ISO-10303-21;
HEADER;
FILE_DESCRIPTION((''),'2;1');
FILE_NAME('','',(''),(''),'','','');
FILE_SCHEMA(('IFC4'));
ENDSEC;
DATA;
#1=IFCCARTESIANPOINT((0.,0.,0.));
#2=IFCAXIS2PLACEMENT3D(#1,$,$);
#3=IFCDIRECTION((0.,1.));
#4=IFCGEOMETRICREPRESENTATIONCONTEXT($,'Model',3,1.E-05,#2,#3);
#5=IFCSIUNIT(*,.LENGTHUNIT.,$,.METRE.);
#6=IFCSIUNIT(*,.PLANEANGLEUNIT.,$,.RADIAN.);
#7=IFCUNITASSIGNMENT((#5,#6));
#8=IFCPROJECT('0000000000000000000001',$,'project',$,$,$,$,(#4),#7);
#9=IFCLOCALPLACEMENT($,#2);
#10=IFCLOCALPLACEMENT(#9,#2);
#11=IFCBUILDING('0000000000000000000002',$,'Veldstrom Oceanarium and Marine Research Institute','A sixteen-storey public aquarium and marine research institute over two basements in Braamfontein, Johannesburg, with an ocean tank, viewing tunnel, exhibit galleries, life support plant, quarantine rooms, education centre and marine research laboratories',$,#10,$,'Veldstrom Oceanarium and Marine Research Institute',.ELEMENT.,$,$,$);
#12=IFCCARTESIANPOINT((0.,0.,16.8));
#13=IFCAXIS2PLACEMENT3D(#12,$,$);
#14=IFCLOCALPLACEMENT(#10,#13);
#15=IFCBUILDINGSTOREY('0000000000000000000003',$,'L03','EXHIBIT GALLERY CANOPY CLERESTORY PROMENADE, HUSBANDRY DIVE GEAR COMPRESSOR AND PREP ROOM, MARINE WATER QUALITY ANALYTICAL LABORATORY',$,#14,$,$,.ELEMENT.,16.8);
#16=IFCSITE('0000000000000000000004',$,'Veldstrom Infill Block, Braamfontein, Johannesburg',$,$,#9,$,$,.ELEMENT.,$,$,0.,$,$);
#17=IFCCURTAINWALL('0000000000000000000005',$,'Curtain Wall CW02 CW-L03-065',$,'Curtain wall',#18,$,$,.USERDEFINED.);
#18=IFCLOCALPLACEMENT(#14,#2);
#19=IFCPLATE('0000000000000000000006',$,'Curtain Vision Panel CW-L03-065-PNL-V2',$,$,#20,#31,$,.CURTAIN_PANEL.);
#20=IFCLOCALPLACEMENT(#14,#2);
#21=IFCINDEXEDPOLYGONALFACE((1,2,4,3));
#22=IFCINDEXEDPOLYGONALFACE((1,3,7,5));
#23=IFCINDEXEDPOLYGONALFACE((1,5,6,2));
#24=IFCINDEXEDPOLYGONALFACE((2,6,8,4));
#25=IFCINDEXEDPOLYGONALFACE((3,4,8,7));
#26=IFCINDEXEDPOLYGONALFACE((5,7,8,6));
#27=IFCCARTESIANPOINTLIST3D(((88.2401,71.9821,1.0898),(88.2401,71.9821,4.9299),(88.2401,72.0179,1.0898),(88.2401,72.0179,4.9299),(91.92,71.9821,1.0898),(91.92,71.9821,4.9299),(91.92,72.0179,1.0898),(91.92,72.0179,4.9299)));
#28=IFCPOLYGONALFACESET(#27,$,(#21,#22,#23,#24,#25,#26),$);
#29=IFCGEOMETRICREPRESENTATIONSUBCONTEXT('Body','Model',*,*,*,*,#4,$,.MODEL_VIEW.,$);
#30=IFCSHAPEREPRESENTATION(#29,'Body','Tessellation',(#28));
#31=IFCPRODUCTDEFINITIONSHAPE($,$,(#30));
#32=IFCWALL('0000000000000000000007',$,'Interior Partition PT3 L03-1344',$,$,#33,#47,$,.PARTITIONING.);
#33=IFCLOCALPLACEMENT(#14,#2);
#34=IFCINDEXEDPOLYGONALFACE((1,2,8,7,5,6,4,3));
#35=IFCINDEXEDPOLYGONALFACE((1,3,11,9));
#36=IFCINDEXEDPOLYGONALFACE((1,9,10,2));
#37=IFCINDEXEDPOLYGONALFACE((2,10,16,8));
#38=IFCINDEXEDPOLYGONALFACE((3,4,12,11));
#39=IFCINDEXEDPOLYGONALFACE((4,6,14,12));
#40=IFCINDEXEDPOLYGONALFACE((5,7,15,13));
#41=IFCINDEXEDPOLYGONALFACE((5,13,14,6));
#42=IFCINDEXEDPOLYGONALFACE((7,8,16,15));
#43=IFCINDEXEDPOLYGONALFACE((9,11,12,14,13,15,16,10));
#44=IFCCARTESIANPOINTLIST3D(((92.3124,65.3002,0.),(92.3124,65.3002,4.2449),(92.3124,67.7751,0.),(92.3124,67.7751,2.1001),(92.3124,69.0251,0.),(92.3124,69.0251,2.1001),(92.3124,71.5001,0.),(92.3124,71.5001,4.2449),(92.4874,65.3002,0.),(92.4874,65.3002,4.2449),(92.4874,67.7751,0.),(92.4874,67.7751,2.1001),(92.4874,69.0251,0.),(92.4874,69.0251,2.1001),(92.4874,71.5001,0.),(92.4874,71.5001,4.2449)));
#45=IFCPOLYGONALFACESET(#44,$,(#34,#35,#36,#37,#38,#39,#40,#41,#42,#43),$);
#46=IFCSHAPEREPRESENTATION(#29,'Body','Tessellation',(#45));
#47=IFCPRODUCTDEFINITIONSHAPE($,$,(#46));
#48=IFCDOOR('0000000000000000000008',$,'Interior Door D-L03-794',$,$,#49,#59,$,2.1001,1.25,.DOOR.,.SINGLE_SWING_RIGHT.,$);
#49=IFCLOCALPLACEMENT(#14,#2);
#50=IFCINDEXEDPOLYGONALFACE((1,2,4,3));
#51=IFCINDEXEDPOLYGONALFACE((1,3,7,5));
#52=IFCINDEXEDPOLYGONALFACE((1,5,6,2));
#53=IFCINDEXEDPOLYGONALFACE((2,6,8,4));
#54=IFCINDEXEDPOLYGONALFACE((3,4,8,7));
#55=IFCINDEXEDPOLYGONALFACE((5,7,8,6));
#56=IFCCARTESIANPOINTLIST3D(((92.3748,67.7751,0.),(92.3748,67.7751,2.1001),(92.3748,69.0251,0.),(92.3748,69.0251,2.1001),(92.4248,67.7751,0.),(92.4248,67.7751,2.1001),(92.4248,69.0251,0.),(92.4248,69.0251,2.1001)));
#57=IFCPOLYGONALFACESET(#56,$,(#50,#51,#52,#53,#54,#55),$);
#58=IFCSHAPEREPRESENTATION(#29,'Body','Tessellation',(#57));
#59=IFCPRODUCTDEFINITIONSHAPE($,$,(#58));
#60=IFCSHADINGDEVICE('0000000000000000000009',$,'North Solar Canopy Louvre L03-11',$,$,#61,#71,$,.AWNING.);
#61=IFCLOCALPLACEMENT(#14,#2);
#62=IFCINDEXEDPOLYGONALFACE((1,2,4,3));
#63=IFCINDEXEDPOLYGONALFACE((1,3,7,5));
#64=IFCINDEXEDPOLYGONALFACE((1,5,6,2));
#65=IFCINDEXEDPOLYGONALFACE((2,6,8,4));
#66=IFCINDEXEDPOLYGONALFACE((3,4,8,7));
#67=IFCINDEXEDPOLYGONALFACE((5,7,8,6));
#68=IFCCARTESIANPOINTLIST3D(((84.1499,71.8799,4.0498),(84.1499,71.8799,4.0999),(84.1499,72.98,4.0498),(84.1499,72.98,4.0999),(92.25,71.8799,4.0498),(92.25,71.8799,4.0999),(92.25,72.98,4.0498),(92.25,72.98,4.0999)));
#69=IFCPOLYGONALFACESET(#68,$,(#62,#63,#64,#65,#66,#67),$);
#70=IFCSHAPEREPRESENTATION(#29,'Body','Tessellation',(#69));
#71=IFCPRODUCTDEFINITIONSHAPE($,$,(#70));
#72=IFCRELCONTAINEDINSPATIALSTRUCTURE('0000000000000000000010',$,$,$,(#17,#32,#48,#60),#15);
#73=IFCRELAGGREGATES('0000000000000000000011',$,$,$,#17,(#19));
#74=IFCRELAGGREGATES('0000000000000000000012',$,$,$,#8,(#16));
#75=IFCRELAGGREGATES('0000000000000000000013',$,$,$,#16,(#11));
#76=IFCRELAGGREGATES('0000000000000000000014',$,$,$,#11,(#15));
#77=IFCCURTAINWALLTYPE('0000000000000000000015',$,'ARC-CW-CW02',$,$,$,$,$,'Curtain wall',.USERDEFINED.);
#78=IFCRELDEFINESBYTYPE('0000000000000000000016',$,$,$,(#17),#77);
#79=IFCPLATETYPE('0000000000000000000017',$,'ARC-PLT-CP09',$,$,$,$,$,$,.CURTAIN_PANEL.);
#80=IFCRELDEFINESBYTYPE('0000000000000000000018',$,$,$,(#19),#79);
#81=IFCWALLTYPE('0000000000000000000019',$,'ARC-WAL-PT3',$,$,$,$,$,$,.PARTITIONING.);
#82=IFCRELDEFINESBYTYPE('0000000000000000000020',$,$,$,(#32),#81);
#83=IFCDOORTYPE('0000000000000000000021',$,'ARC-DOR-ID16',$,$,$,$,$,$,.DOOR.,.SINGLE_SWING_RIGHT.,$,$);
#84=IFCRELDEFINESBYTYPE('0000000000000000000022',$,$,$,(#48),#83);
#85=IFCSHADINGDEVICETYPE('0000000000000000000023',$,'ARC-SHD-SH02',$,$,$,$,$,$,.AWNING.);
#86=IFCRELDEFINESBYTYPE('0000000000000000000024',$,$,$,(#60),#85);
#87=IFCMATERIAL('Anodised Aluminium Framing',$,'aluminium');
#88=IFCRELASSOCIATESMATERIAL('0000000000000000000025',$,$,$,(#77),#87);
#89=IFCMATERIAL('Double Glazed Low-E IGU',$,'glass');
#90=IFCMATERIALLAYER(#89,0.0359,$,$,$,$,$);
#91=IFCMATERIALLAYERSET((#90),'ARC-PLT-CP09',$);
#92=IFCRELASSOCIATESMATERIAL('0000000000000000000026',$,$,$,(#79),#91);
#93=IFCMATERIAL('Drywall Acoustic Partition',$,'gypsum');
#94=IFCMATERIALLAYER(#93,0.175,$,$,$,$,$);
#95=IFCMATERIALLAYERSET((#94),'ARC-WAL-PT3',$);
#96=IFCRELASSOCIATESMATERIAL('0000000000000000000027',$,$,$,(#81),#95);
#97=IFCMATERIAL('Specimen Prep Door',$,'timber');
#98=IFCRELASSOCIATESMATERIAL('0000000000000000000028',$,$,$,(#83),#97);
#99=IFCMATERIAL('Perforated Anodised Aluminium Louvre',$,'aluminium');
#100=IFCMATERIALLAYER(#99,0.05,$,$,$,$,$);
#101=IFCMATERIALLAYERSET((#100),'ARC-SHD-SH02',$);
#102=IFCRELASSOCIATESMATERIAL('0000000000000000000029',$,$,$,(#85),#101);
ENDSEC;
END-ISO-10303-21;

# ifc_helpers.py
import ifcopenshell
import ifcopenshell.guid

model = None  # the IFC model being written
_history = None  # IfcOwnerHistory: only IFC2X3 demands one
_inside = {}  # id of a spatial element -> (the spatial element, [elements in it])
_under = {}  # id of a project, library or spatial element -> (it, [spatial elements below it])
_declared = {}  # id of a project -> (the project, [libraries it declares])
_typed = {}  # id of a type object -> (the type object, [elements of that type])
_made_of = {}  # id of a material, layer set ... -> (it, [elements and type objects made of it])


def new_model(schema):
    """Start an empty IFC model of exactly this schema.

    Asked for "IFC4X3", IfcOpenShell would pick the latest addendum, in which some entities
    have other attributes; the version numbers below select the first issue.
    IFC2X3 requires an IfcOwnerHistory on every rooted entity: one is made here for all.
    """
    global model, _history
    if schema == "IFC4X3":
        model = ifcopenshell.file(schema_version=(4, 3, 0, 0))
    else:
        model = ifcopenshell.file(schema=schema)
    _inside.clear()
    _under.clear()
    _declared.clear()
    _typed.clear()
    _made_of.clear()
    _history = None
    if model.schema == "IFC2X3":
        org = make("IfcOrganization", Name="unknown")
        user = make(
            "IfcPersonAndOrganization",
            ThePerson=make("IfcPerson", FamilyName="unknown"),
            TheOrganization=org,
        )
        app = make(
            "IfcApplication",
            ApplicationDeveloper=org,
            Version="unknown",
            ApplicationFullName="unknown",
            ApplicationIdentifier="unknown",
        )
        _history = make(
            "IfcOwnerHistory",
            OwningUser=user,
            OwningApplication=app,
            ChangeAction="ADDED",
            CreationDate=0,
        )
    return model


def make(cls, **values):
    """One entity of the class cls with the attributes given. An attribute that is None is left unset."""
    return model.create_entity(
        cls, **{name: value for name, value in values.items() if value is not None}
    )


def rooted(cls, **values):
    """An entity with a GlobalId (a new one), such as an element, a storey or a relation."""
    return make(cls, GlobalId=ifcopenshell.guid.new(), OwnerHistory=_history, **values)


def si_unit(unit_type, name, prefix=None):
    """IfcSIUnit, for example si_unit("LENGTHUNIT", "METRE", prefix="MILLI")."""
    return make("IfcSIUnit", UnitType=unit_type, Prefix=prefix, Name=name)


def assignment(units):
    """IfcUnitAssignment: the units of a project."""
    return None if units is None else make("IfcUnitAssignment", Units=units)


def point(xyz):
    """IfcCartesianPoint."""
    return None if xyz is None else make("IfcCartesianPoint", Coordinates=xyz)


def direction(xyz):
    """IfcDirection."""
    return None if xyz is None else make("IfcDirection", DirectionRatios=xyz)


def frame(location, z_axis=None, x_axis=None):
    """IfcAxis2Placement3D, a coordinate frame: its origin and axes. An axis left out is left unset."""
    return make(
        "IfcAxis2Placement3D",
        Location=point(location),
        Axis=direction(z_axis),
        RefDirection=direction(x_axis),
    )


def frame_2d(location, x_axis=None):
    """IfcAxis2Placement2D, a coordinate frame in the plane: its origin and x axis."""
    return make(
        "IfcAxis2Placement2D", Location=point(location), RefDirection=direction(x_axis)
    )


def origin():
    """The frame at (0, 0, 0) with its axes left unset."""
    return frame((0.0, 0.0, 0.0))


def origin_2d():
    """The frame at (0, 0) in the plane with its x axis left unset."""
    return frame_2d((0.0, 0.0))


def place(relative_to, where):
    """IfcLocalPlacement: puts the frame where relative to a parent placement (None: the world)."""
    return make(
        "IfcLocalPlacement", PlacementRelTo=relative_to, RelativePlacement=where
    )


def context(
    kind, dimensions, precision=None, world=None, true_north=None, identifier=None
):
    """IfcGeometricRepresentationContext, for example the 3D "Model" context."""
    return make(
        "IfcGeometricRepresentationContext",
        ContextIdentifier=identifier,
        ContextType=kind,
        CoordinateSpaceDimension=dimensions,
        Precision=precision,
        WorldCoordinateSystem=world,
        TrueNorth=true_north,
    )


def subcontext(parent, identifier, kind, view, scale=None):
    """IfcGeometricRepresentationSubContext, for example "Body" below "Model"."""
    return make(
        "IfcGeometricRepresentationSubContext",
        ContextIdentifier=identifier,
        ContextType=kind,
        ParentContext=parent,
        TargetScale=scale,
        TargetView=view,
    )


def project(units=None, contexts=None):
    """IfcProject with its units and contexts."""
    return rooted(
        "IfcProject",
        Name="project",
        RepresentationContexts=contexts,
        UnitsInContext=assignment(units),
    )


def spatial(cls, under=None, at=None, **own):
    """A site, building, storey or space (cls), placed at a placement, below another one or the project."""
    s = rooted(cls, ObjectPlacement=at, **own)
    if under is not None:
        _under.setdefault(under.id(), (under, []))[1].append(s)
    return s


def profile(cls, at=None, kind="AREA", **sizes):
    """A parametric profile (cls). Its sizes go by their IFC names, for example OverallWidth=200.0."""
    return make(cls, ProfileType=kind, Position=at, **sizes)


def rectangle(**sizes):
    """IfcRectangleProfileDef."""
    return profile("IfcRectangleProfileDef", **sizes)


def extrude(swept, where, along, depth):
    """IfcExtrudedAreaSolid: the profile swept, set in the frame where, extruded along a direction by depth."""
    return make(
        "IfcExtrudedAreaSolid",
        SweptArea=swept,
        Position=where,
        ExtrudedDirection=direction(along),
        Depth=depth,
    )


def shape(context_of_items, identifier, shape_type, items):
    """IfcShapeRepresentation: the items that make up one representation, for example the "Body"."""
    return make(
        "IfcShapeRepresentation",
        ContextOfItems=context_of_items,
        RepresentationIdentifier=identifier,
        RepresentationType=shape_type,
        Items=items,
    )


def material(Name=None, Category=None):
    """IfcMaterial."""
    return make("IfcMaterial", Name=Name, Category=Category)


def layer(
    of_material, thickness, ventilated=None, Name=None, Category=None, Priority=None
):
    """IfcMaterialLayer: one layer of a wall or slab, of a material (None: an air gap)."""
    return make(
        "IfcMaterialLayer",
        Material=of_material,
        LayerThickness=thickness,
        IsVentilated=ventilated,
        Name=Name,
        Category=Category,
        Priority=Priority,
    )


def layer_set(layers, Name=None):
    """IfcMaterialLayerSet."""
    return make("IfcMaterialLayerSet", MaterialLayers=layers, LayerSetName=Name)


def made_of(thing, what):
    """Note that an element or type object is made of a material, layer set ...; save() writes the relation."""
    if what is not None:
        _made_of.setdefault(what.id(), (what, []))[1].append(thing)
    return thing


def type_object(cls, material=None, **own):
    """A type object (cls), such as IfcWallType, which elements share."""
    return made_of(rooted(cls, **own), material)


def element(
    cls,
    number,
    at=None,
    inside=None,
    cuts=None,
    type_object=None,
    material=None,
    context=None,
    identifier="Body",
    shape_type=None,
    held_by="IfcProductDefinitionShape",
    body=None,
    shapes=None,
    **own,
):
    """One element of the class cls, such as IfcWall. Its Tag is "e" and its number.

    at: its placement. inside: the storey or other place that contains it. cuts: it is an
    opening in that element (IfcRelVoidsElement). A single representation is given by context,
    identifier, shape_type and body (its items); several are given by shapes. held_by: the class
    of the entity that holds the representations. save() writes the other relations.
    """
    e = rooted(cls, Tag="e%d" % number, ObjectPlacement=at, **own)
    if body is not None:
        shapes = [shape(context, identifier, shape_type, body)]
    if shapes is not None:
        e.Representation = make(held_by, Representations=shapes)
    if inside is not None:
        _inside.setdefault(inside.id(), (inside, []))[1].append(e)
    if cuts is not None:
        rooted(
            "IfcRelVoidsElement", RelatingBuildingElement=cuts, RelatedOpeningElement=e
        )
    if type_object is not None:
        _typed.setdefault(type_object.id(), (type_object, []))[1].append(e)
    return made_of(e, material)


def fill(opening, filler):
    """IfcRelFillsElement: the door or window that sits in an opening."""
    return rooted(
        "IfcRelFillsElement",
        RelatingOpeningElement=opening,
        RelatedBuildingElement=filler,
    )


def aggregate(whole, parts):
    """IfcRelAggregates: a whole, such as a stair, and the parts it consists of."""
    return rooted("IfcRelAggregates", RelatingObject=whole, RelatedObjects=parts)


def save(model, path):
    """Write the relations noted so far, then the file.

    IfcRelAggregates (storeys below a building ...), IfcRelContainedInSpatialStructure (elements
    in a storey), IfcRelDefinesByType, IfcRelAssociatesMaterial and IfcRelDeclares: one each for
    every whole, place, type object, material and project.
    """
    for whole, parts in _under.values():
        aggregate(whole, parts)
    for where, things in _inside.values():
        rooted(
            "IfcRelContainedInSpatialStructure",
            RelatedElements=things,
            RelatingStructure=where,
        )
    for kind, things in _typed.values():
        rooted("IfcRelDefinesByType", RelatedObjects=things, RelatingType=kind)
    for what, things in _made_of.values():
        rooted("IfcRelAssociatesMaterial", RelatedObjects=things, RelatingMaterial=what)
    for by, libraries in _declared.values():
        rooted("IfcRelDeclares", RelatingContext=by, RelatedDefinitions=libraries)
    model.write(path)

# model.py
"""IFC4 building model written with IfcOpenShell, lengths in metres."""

from ifc_helpers import new_model, si_unit, direction, frame, frame_2d, origin, origin_2d, place, context, subcontext, project, spatial, rectangle, extrude, material, layer, layer_set, type_object, element, fill, aggregate, save


model = new_model("IFC4")

# Units and contexts
model_context = context("Model", 3, precision=1e-05, world=origin(), true_north=direction((0.0, 1.0)))
body_context = subcontext(model_context, "Body", "Model", "MODEL_VIEW")
ifc_project = project(units=[si_unit("LENGTHUNIT", "METRE"), si_unit("PLANEANGLEUNIT", "RADIAN")], contexts=[model_context])

# Site, building, storey
site_placement = place(None, origin())
site = spatial("IfcSite", under=ifc_project, at=site_placement, Name="Veldstrom Infill Block, Braamfontein, Johannesburg", CompositionType="ELEMENT", RefElevation=0.0)
building_placement = place(site_placement, origin())
building = spatial("IfcBuilding", under=site, at=building_placement, Name="Veldstrom Oceanarium and Marine Research Institute", Description="A sixteen-storey public aquarium and marine research institute over two basements in Braamfontein, Johannesburg, with an ocean tank, viewing tunnel, exhibit galleries, life support plant, quarantine rooms, education centre and marine research laboratories", LongName="Veldstrom Oceanarium and Marine Research Institute", CompositionType="ELEMENT")
storey_placement = place(building_placement, frame((0.0, 0.0, 16.8)))
storey = spatial("IfcBuildingStorey", under=building, at=storey_placement, Name="L03", Description="EXHIBIT GALLERY CANOPY CLERESTORY PROMENADE, HUSBANDRY DIVE GEAR COMPRESSOR AND PREP ROOM, MARINE WATER QUALITY ANALYTICAL LABORATORY", CompositionType="ELEMENT", Elevation=16.8)

# Curtain wall
ifc_material_1 = material(Name="Anodised Aluminium Framing", Category="aluminium")
curtain_wall_type = type_object("IfcCurtainWallType", Name="ARC-CW-CW02", ElementType="Curtain wall", PredefinedType="USERDEFINED", material=ifc_material_1)
curtain_wall_1_placement = place(storey_placement, origin())
curtain_wall_1 = element("IfcCurtainWall", 1, at=curtain_wall_1_placement, inside=storey, type_object=curtain_wall_type, Name="Curtain Wall CW02 CW-L03-065", ObjectType="Curtain wall", PredefinedType="USERDEFINED")

# Plate
ifc_material_2 = material(Name="Double Glazed Low-E IGU", Category="glass")
ifc_layer_1 = layer(ifc_material_2, 0.0359)
ifc_layer_set_1 = layer_set([ifc_layer_1], Name="ARC-PLT-CP09")
plate_type_1 = type_object("IfcPlateType", Name="ARC-PLT-CP09", PredefinedType="CURTAIN_PANEL", material=ifc_layer_set_1)
plate_1_placement = place(storey_placement, frame((90.0801, 72.0, 1.0898), z_axis=(0.0, 0.0, 1.0), x_axis=(1.0, 0.0, 0.0)))
plate_1 = element("IfcPlate", 2, at=plate_1_placement, type_object=plate_type_1, Name="Curtain Vision Panel CW-L03-065-PNL-V2", PredefinedType="CURTAIN_PANEL", context=body_context, shape_type="SweptSolid", body=[
    extrude(rectangle(XDim=3.6799, YDim=0.0359, at=origin_2d()), origin(), (0.0, 0.0, 1.0), 3.8401),
])
aggregate(curtain_wall_1, [plate_1])

# Wall, opening, door
ifc_material_3 = material(Name="Drywall Acoustic Partition", Category="gypsum")
ifc_layer_2 = layer(ifc_material_3, 0.175)
ifc_layer_set_2 = layer_set([ifc_layer_2], Name="ARC-WAL-PT3")
wall_type_1 = type_object("IfcWallType", Name="ARC-WAL-PT3", PredefinedType="PARTITIONING", material=ifc_layer_set_2)
wall_1_placement = place(storey_placement, frame((92.3999, 65.3, 0.0), z_axis=(0.0, 0.0, 1.0), x_axis=(0.0, 1.0, 0.0)))
wall_1 = element("IfcWall", 3, at=wall_1_placement, inside=storey, type_object=wall_type_1, Name="Interior Partition PT3 L03-1344", PredefinedType="PARTITIONING", context=body_context, shape_type="SweptSolid", body=[
    extrude(rectangle(XDim=6.2, YDim=0.175, at=frame_2d((3.1001, 0.0))), origin(), (0.0, 0.0, 1.0), 4.2449),
])
opening_1_placement = place(wall_1_placement, frame((2.4751, 0.0, 0.0)))
opening_1 = element("IfcOpeningElement", 4, at=opening_1_placement, cuts=wall_1, PredefinedType="OPENING", context=body_context, shape_type="SweptSolid", body=[
    extrude(rectangle(XDim=1.25, YDim=2.1001, at=frame_2d((0.625, 1.05))), frame((0.0, 0.0974, 0.0), z_axis=(0.0, -1.0, 0.0), x_axis=(1.0, 0.0, 0.0)), (0.0, 0.0, 1.0), 0.1951),
])
ifc_material_4 = material(Name="Specimen Prep Door", Category="timber")
door_type_1 = type_object("IfcDoorType", Name="ARC-DOR-ID16", OperationType="SINGLE_SWING_RIGHT", PredefinedType="DOOR", material=ifc_material_4)
door_1_placement = place(opening_1_placement, frame((1.25, 0.0, 0.0), z_axis=(0.0, 0.0, 1.0), x_axis=(-1.0, 0.0, 0.0)))
door_1 = element("IfcDoor", 5, at=door_1_placement, inside=storey, type_object=door_type_1, Name="Interior Door D-L03-794", OperationType="SINGLE_SWING_RIGHT", OverallHeight=2.1001, OverallWidth=1.25, PredefinedType="DOOR", context=body_context, shape_type="SweptSolid", body=[
    extrude(rectangle(XDim=1.25, YDim=2.1001, at=frame_2d((0.625, 1.05))), frame((0.0, 0.0249, 0.0), z_axis=(0.0, -1.0, 0.0), x_axis=(1.0, 0.0, 0.0)), (0.0, 0.0, 1.0), 0.05),
])
fill(opening_1, door_1)

# Shading device
ifc_material_5 = material(Name="Perforated Anodised Aluminium Louvre", Category="aluminium")
ifc_layer_3 = layer(ifc_material_5, 0.05)
ifc_layer_set_3 = layer_set([ifc_layer_3], Name="ARC-SHD-SH02")
shading_device_type = type_object("IfcShadingDeviceType", Name="ARC-SHD-SH02", PredefinedType="AWNING", material=ifc_layer_set_3)
shading_device_placement = place(storey_placement, frame((88.2, 72.4299, 4.0498), z_axis=(0.0, 0.0, 1.0), x_axis=(1.0, 0.0, 0.0)))
element("IfcShadingDevice", 6, at=shading_device_placement, inside=storey, type_object=shading_device_type, Name="North Solar Canopy Louvre L03-11", PredefinedType="AWNING", context=body_context, shape_type="SweptSolid", body=[
    extrude(rectangle(XDim=8.1001, YDim=1.1001, at=origin_2d()), origin(), (0.0, 0.0, 1.0), 0.05),
])

save(model, "model.ifc")
